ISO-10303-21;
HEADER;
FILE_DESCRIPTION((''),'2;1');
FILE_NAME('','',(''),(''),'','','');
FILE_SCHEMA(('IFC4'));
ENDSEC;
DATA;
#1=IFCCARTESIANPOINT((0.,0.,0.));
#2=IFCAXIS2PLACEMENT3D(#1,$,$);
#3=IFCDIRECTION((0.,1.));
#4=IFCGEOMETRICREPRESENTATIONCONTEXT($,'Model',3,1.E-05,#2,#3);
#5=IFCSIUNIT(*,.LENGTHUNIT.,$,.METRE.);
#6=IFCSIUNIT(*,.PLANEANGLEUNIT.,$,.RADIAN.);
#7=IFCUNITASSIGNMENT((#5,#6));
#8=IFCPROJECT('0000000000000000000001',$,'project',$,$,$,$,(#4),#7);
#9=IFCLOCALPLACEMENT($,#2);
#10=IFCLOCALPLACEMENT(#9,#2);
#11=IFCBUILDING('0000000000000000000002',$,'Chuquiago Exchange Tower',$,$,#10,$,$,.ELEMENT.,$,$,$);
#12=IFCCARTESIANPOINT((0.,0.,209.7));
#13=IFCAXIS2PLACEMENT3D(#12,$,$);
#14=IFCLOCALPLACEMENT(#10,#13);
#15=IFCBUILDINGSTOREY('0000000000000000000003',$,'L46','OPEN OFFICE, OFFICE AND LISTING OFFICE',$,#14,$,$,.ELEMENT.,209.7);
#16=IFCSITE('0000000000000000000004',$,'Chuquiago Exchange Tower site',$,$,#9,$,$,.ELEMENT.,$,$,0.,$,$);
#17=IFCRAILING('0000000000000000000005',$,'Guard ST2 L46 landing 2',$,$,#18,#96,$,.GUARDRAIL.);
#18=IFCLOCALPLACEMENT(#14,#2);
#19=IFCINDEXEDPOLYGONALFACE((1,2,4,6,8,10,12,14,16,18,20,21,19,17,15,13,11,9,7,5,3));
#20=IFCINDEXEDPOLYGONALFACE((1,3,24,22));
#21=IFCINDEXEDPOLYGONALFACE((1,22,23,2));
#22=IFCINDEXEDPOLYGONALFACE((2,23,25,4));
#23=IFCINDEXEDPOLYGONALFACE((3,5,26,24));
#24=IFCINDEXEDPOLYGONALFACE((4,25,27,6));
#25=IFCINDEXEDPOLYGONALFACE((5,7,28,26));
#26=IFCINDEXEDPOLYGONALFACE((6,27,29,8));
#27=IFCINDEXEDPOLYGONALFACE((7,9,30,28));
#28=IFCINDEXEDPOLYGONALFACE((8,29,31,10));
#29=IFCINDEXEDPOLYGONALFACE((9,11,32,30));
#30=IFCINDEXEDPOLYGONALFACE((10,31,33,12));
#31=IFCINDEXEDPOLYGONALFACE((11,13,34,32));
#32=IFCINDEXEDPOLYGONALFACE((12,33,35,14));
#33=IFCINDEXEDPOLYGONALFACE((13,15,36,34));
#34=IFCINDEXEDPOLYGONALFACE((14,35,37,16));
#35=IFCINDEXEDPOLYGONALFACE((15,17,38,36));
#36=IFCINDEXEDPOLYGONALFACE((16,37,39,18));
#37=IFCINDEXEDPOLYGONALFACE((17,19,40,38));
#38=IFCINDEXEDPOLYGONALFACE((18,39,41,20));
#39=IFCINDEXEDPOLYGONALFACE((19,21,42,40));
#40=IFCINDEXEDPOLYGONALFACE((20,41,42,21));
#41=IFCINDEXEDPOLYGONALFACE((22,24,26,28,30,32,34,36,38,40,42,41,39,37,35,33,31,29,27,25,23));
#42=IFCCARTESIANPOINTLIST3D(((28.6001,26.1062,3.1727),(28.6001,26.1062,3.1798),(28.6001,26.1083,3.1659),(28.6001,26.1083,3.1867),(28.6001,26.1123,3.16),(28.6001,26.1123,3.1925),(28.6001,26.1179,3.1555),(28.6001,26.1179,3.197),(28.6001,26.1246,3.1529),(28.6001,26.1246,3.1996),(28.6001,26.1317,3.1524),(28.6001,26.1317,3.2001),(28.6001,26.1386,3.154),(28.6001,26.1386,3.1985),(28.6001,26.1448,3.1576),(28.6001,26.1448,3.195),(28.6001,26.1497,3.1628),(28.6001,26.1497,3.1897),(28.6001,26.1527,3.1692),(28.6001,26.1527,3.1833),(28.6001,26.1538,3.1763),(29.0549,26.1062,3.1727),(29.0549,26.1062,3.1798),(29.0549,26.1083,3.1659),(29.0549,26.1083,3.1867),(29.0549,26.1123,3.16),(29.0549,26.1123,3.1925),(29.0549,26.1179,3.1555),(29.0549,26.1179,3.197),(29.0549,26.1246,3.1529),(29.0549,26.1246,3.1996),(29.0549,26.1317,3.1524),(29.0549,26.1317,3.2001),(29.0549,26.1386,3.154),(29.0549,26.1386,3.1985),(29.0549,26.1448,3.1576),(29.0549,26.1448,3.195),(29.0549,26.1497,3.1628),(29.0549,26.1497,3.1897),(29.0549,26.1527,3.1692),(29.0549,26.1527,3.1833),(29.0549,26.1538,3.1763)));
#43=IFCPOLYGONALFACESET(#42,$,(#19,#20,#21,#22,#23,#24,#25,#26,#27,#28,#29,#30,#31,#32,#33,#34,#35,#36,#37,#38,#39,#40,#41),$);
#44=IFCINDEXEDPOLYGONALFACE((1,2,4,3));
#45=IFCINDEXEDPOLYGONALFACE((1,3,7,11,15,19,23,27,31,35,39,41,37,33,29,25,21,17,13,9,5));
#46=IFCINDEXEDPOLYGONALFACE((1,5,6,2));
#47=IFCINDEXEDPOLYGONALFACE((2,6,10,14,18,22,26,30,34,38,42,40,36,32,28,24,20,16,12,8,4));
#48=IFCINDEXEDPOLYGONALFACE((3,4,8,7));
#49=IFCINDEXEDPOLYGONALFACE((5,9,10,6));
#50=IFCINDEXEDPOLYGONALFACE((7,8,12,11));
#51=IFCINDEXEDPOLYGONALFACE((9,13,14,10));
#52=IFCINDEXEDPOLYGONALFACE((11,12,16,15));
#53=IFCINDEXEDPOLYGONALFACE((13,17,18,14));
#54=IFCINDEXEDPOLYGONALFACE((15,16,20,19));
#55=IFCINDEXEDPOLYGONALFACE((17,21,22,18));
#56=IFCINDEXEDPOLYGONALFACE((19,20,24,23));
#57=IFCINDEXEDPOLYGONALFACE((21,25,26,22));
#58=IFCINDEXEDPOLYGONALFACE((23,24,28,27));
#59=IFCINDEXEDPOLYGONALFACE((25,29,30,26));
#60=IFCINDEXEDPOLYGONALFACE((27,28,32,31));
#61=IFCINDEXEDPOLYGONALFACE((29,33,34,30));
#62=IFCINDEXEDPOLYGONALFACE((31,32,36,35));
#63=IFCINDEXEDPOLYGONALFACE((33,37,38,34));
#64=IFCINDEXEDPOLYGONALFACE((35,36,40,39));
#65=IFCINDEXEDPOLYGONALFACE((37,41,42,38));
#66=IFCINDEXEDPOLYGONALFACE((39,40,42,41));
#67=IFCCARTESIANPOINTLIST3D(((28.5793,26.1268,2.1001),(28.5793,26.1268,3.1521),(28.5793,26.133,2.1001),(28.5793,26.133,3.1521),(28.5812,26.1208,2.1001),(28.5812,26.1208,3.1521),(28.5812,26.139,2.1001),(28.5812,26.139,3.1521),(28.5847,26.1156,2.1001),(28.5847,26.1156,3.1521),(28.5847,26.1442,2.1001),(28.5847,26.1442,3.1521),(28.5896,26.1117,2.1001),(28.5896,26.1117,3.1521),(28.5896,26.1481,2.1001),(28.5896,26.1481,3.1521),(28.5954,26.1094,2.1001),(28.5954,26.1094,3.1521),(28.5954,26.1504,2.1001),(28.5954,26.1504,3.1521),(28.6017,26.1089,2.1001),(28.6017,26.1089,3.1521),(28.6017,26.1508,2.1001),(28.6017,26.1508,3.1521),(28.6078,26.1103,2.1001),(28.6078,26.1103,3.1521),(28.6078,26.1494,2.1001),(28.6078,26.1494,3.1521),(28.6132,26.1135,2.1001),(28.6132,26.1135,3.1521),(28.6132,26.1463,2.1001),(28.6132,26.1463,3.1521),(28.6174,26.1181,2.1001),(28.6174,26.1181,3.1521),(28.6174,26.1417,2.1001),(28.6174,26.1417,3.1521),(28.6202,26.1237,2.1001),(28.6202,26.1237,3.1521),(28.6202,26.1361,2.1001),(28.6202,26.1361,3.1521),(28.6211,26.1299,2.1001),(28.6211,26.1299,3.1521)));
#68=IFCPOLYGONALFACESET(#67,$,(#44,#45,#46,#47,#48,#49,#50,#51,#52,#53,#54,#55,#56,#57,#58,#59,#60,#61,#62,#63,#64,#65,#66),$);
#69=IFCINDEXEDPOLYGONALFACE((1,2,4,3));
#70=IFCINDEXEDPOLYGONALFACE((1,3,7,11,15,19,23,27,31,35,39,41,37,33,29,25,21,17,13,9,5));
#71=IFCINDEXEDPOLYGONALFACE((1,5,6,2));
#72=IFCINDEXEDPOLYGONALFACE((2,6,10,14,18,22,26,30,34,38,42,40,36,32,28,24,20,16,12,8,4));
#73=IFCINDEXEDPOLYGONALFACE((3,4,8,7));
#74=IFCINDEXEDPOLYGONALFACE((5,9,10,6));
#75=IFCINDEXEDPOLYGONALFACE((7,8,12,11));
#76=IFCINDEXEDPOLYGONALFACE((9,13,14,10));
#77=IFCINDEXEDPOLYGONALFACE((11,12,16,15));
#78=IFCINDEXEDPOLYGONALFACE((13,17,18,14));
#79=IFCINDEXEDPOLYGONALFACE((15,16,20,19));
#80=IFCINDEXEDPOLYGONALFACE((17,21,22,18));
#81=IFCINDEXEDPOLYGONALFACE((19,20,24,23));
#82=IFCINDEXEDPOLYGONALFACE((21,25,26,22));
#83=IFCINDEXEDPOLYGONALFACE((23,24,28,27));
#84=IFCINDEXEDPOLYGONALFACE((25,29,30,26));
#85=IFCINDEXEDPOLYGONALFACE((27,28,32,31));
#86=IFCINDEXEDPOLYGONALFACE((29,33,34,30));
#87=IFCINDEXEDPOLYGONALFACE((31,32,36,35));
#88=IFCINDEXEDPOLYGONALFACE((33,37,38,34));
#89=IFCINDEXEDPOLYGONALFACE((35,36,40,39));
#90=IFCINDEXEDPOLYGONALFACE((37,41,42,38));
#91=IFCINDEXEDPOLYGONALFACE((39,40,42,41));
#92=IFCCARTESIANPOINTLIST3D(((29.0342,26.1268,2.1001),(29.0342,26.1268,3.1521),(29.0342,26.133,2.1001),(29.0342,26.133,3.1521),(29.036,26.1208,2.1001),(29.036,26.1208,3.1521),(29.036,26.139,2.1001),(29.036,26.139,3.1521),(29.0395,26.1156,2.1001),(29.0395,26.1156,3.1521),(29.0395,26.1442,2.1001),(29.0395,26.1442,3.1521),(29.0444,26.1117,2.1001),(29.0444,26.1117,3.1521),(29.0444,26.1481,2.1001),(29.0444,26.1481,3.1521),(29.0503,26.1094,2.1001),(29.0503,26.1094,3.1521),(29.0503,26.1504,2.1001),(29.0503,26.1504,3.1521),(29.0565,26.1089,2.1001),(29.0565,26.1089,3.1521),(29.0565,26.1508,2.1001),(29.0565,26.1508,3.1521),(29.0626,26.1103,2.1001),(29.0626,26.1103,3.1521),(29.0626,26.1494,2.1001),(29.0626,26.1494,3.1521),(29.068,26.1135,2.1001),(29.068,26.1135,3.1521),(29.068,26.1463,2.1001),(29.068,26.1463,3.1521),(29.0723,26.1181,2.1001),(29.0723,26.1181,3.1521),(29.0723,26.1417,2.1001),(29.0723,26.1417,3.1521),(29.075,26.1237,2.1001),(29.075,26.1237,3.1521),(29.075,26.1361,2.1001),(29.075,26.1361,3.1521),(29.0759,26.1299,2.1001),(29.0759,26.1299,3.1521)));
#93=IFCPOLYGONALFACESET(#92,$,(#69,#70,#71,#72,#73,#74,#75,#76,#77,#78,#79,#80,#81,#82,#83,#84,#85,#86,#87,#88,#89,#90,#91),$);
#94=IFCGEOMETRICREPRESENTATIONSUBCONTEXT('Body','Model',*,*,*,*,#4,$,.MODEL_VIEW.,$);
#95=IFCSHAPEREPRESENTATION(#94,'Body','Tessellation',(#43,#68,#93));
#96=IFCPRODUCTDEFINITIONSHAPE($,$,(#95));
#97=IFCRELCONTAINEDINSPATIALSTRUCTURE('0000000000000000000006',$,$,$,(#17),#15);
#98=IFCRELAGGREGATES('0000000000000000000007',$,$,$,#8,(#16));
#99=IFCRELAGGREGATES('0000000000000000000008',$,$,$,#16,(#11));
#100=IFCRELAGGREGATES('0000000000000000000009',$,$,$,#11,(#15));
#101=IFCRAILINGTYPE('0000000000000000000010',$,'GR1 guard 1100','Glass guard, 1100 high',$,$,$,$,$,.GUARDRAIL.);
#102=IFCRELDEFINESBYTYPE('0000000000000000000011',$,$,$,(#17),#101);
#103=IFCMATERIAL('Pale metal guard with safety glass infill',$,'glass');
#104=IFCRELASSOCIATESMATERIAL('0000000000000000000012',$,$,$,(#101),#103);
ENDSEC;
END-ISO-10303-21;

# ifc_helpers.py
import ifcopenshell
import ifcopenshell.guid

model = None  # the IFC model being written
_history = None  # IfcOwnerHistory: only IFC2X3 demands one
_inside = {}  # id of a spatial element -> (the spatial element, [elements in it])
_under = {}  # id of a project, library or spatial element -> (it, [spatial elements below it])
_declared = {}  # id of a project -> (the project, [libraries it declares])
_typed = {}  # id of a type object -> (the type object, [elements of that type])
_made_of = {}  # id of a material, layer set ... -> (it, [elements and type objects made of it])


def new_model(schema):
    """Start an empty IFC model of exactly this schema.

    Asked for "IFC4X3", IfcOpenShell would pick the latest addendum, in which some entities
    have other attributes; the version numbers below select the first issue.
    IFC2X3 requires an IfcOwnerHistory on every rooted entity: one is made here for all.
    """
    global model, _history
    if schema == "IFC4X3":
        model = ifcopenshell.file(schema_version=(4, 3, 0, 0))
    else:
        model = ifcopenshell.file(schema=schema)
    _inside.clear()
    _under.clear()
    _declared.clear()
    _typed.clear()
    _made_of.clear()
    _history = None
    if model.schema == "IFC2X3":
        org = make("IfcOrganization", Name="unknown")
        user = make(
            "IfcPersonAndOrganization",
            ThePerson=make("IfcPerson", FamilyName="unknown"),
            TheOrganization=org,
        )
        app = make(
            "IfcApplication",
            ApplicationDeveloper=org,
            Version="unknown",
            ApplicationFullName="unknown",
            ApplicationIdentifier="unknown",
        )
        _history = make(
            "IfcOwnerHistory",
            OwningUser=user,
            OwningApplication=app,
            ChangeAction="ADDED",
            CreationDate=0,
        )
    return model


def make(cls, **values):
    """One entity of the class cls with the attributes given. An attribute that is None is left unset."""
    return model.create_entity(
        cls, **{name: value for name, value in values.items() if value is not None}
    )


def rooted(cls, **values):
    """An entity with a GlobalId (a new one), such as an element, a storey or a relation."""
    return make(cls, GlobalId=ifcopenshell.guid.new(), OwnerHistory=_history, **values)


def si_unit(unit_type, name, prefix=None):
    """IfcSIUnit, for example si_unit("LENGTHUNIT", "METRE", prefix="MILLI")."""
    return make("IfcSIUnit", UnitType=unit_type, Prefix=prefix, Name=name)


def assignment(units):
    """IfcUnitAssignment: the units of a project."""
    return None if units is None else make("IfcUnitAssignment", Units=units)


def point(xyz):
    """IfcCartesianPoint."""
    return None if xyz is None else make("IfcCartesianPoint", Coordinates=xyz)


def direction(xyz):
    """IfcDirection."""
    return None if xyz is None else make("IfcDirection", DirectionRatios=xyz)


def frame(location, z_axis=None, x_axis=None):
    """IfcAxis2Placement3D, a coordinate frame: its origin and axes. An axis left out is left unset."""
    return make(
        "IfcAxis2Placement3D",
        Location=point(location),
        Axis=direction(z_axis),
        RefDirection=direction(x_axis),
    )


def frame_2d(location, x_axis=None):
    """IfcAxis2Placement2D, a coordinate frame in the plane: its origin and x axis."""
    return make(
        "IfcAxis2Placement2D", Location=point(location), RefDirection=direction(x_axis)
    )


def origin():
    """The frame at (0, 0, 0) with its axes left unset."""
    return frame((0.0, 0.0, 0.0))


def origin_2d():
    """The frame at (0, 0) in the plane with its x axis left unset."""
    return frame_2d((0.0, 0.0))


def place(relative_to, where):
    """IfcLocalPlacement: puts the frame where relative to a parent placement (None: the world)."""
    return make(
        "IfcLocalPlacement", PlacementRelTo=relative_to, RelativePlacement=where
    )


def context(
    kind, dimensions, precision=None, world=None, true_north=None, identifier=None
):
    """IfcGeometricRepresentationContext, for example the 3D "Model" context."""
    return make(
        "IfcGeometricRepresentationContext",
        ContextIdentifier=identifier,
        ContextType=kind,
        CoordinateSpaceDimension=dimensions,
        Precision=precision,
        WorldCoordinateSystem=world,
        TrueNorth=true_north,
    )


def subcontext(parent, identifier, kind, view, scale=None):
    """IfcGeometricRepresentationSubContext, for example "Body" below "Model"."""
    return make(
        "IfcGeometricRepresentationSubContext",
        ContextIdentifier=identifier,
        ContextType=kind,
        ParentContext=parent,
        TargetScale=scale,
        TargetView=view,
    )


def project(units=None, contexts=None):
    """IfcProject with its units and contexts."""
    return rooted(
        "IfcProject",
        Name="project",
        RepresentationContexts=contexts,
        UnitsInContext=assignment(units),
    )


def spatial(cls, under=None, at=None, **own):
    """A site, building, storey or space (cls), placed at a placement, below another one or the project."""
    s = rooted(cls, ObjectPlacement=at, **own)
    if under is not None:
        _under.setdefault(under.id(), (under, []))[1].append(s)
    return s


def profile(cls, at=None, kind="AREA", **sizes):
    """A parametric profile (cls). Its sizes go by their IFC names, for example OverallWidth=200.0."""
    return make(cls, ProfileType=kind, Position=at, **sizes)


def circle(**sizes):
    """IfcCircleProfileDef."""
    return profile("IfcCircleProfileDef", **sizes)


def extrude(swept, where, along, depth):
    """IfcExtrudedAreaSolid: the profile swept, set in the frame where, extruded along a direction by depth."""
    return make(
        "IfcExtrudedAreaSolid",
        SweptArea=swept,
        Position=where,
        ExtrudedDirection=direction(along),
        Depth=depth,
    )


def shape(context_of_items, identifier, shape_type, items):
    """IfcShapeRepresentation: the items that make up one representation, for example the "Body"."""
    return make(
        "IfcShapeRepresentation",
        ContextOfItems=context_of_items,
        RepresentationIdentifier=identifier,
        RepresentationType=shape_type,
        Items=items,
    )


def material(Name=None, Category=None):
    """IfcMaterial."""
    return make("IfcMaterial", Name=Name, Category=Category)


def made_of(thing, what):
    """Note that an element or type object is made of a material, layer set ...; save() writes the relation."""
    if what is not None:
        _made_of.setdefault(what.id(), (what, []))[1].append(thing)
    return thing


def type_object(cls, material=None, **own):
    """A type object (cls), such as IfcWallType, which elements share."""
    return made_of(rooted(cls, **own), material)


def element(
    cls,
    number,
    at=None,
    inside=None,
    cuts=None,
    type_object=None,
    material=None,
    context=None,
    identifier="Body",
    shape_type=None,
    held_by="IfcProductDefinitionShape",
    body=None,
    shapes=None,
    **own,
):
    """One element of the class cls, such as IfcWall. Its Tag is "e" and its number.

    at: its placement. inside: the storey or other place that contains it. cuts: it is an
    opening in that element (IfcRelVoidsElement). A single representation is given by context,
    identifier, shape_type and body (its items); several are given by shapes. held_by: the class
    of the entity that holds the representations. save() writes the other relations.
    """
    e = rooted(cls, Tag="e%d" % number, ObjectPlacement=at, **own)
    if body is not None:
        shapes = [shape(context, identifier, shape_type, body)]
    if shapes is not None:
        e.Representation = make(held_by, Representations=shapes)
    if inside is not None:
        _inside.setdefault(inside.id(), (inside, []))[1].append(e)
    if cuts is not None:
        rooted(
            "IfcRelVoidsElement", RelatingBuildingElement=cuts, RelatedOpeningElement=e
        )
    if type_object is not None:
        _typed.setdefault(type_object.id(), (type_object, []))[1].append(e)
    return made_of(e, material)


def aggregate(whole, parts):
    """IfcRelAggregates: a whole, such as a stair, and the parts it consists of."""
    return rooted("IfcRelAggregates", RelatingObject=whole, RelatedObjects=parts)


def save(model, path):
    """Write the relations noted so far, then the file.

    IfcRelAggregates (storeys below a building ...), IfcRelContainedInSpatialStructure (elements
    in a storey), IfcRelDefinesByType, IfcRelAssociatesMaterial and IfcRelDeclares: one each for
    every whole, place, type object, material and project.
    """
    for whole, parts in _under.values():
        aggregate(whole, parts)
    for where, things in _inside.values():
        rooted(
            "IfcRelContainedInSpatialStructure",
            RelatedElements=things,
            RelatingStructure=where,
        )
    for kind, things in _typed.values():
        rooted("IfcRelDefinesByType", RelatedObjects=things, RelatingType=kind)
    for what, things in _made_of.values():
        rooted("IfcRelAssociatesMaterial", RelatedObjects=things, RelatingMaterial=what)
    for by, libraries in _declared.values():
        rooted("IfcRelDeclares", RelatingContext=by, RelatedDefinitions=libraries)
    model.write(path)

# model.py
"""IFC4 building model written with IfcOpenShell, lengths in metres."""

from ifc_helpers import new_model, si_unit, direction, frame, origin, origin_2d, place, context, subcontext, project, spatial, circle, extrude, material, type_object, element, save


model = new_model("IFC4")

# Units and contexts
model_context = context("Model", 3, precision=1e-05, world=origin(), true_north=direction((0.0, 1.0)))
body_context = subcontext(model_context, "Body", "Model", "MODEL_VIEW")
ifc_project = project(units=[si_unit("LENGTHUNIT", "METRE"), si_unit("PLANEANGLEUNIT", "RADIAN")], contexts=[model_context])

# Site, building, storey
site_placement = place(None, origin())
site = spatial("IfcSite", under=ifc_project, at=site_placement, Name="Chuquiago Exchange Tower site", CompositionType="ELEMENT", RefElevation=0.0)
building_placement = place(site_placement, origin())
building = spatial("IfcBuilding", under=site, at=building_placement, Name="Chuquiago Exchange Tower", CompositionType="ELEMENT")
storey_placement = place(building_placement, frame((0.0, 0.0, 209.7)))
storey = spatial("IfcBuildingStorey", under=building, at=storey_placement, Name="L46", Description="OPEN OFFICE, OFFICE AND LISTING OFFICE", CompositionType="ELEMENT", Elevation=209.7)

# Railing
ifc_material_1 = material(Name="Pale metal guard with safety glass infill", Category="glass")
railing_type_1 = type_object("IfcRailingType", Name="GR1 guard 1100", Description="Glass guard, 1100 high", PredefinedType="GUARDRAIL", material=ifc_material_1)
railing_1_placement = place(storey_placement, frame((28.6001, 26.1299, 2.1001)))
element("IfcRailing", 1, at=railing_1_placement, inside=storey, type_object=railing_type_1, Name="Guard ST2 L46 landing 2", PredefinedType="GUARDRAIL", context=body_context, shape_type="SweptSolid", body=[
    extrude(circle(Radius=0.0239, at=origin_2d()), frame((0.0, 0.0, 1.0762), z_axis=(1.0, 0.0, 0.0), x_axis=(0.0, 1.0, 0.0)), (0.0, 0.0, 1.0), 0.4548),
    extrude(circle(Radius=0.021, at=origin_2d()), origin(), (0.0, 0.0, 1.0), 1.052),
    extrude(circle(Radius=0.021, at=origin_2d()), frame((0.4548, 0.0, 0.0)), (0.0, 0.0, 1.0), 1.052),
])

save(model, "model.ifc")
